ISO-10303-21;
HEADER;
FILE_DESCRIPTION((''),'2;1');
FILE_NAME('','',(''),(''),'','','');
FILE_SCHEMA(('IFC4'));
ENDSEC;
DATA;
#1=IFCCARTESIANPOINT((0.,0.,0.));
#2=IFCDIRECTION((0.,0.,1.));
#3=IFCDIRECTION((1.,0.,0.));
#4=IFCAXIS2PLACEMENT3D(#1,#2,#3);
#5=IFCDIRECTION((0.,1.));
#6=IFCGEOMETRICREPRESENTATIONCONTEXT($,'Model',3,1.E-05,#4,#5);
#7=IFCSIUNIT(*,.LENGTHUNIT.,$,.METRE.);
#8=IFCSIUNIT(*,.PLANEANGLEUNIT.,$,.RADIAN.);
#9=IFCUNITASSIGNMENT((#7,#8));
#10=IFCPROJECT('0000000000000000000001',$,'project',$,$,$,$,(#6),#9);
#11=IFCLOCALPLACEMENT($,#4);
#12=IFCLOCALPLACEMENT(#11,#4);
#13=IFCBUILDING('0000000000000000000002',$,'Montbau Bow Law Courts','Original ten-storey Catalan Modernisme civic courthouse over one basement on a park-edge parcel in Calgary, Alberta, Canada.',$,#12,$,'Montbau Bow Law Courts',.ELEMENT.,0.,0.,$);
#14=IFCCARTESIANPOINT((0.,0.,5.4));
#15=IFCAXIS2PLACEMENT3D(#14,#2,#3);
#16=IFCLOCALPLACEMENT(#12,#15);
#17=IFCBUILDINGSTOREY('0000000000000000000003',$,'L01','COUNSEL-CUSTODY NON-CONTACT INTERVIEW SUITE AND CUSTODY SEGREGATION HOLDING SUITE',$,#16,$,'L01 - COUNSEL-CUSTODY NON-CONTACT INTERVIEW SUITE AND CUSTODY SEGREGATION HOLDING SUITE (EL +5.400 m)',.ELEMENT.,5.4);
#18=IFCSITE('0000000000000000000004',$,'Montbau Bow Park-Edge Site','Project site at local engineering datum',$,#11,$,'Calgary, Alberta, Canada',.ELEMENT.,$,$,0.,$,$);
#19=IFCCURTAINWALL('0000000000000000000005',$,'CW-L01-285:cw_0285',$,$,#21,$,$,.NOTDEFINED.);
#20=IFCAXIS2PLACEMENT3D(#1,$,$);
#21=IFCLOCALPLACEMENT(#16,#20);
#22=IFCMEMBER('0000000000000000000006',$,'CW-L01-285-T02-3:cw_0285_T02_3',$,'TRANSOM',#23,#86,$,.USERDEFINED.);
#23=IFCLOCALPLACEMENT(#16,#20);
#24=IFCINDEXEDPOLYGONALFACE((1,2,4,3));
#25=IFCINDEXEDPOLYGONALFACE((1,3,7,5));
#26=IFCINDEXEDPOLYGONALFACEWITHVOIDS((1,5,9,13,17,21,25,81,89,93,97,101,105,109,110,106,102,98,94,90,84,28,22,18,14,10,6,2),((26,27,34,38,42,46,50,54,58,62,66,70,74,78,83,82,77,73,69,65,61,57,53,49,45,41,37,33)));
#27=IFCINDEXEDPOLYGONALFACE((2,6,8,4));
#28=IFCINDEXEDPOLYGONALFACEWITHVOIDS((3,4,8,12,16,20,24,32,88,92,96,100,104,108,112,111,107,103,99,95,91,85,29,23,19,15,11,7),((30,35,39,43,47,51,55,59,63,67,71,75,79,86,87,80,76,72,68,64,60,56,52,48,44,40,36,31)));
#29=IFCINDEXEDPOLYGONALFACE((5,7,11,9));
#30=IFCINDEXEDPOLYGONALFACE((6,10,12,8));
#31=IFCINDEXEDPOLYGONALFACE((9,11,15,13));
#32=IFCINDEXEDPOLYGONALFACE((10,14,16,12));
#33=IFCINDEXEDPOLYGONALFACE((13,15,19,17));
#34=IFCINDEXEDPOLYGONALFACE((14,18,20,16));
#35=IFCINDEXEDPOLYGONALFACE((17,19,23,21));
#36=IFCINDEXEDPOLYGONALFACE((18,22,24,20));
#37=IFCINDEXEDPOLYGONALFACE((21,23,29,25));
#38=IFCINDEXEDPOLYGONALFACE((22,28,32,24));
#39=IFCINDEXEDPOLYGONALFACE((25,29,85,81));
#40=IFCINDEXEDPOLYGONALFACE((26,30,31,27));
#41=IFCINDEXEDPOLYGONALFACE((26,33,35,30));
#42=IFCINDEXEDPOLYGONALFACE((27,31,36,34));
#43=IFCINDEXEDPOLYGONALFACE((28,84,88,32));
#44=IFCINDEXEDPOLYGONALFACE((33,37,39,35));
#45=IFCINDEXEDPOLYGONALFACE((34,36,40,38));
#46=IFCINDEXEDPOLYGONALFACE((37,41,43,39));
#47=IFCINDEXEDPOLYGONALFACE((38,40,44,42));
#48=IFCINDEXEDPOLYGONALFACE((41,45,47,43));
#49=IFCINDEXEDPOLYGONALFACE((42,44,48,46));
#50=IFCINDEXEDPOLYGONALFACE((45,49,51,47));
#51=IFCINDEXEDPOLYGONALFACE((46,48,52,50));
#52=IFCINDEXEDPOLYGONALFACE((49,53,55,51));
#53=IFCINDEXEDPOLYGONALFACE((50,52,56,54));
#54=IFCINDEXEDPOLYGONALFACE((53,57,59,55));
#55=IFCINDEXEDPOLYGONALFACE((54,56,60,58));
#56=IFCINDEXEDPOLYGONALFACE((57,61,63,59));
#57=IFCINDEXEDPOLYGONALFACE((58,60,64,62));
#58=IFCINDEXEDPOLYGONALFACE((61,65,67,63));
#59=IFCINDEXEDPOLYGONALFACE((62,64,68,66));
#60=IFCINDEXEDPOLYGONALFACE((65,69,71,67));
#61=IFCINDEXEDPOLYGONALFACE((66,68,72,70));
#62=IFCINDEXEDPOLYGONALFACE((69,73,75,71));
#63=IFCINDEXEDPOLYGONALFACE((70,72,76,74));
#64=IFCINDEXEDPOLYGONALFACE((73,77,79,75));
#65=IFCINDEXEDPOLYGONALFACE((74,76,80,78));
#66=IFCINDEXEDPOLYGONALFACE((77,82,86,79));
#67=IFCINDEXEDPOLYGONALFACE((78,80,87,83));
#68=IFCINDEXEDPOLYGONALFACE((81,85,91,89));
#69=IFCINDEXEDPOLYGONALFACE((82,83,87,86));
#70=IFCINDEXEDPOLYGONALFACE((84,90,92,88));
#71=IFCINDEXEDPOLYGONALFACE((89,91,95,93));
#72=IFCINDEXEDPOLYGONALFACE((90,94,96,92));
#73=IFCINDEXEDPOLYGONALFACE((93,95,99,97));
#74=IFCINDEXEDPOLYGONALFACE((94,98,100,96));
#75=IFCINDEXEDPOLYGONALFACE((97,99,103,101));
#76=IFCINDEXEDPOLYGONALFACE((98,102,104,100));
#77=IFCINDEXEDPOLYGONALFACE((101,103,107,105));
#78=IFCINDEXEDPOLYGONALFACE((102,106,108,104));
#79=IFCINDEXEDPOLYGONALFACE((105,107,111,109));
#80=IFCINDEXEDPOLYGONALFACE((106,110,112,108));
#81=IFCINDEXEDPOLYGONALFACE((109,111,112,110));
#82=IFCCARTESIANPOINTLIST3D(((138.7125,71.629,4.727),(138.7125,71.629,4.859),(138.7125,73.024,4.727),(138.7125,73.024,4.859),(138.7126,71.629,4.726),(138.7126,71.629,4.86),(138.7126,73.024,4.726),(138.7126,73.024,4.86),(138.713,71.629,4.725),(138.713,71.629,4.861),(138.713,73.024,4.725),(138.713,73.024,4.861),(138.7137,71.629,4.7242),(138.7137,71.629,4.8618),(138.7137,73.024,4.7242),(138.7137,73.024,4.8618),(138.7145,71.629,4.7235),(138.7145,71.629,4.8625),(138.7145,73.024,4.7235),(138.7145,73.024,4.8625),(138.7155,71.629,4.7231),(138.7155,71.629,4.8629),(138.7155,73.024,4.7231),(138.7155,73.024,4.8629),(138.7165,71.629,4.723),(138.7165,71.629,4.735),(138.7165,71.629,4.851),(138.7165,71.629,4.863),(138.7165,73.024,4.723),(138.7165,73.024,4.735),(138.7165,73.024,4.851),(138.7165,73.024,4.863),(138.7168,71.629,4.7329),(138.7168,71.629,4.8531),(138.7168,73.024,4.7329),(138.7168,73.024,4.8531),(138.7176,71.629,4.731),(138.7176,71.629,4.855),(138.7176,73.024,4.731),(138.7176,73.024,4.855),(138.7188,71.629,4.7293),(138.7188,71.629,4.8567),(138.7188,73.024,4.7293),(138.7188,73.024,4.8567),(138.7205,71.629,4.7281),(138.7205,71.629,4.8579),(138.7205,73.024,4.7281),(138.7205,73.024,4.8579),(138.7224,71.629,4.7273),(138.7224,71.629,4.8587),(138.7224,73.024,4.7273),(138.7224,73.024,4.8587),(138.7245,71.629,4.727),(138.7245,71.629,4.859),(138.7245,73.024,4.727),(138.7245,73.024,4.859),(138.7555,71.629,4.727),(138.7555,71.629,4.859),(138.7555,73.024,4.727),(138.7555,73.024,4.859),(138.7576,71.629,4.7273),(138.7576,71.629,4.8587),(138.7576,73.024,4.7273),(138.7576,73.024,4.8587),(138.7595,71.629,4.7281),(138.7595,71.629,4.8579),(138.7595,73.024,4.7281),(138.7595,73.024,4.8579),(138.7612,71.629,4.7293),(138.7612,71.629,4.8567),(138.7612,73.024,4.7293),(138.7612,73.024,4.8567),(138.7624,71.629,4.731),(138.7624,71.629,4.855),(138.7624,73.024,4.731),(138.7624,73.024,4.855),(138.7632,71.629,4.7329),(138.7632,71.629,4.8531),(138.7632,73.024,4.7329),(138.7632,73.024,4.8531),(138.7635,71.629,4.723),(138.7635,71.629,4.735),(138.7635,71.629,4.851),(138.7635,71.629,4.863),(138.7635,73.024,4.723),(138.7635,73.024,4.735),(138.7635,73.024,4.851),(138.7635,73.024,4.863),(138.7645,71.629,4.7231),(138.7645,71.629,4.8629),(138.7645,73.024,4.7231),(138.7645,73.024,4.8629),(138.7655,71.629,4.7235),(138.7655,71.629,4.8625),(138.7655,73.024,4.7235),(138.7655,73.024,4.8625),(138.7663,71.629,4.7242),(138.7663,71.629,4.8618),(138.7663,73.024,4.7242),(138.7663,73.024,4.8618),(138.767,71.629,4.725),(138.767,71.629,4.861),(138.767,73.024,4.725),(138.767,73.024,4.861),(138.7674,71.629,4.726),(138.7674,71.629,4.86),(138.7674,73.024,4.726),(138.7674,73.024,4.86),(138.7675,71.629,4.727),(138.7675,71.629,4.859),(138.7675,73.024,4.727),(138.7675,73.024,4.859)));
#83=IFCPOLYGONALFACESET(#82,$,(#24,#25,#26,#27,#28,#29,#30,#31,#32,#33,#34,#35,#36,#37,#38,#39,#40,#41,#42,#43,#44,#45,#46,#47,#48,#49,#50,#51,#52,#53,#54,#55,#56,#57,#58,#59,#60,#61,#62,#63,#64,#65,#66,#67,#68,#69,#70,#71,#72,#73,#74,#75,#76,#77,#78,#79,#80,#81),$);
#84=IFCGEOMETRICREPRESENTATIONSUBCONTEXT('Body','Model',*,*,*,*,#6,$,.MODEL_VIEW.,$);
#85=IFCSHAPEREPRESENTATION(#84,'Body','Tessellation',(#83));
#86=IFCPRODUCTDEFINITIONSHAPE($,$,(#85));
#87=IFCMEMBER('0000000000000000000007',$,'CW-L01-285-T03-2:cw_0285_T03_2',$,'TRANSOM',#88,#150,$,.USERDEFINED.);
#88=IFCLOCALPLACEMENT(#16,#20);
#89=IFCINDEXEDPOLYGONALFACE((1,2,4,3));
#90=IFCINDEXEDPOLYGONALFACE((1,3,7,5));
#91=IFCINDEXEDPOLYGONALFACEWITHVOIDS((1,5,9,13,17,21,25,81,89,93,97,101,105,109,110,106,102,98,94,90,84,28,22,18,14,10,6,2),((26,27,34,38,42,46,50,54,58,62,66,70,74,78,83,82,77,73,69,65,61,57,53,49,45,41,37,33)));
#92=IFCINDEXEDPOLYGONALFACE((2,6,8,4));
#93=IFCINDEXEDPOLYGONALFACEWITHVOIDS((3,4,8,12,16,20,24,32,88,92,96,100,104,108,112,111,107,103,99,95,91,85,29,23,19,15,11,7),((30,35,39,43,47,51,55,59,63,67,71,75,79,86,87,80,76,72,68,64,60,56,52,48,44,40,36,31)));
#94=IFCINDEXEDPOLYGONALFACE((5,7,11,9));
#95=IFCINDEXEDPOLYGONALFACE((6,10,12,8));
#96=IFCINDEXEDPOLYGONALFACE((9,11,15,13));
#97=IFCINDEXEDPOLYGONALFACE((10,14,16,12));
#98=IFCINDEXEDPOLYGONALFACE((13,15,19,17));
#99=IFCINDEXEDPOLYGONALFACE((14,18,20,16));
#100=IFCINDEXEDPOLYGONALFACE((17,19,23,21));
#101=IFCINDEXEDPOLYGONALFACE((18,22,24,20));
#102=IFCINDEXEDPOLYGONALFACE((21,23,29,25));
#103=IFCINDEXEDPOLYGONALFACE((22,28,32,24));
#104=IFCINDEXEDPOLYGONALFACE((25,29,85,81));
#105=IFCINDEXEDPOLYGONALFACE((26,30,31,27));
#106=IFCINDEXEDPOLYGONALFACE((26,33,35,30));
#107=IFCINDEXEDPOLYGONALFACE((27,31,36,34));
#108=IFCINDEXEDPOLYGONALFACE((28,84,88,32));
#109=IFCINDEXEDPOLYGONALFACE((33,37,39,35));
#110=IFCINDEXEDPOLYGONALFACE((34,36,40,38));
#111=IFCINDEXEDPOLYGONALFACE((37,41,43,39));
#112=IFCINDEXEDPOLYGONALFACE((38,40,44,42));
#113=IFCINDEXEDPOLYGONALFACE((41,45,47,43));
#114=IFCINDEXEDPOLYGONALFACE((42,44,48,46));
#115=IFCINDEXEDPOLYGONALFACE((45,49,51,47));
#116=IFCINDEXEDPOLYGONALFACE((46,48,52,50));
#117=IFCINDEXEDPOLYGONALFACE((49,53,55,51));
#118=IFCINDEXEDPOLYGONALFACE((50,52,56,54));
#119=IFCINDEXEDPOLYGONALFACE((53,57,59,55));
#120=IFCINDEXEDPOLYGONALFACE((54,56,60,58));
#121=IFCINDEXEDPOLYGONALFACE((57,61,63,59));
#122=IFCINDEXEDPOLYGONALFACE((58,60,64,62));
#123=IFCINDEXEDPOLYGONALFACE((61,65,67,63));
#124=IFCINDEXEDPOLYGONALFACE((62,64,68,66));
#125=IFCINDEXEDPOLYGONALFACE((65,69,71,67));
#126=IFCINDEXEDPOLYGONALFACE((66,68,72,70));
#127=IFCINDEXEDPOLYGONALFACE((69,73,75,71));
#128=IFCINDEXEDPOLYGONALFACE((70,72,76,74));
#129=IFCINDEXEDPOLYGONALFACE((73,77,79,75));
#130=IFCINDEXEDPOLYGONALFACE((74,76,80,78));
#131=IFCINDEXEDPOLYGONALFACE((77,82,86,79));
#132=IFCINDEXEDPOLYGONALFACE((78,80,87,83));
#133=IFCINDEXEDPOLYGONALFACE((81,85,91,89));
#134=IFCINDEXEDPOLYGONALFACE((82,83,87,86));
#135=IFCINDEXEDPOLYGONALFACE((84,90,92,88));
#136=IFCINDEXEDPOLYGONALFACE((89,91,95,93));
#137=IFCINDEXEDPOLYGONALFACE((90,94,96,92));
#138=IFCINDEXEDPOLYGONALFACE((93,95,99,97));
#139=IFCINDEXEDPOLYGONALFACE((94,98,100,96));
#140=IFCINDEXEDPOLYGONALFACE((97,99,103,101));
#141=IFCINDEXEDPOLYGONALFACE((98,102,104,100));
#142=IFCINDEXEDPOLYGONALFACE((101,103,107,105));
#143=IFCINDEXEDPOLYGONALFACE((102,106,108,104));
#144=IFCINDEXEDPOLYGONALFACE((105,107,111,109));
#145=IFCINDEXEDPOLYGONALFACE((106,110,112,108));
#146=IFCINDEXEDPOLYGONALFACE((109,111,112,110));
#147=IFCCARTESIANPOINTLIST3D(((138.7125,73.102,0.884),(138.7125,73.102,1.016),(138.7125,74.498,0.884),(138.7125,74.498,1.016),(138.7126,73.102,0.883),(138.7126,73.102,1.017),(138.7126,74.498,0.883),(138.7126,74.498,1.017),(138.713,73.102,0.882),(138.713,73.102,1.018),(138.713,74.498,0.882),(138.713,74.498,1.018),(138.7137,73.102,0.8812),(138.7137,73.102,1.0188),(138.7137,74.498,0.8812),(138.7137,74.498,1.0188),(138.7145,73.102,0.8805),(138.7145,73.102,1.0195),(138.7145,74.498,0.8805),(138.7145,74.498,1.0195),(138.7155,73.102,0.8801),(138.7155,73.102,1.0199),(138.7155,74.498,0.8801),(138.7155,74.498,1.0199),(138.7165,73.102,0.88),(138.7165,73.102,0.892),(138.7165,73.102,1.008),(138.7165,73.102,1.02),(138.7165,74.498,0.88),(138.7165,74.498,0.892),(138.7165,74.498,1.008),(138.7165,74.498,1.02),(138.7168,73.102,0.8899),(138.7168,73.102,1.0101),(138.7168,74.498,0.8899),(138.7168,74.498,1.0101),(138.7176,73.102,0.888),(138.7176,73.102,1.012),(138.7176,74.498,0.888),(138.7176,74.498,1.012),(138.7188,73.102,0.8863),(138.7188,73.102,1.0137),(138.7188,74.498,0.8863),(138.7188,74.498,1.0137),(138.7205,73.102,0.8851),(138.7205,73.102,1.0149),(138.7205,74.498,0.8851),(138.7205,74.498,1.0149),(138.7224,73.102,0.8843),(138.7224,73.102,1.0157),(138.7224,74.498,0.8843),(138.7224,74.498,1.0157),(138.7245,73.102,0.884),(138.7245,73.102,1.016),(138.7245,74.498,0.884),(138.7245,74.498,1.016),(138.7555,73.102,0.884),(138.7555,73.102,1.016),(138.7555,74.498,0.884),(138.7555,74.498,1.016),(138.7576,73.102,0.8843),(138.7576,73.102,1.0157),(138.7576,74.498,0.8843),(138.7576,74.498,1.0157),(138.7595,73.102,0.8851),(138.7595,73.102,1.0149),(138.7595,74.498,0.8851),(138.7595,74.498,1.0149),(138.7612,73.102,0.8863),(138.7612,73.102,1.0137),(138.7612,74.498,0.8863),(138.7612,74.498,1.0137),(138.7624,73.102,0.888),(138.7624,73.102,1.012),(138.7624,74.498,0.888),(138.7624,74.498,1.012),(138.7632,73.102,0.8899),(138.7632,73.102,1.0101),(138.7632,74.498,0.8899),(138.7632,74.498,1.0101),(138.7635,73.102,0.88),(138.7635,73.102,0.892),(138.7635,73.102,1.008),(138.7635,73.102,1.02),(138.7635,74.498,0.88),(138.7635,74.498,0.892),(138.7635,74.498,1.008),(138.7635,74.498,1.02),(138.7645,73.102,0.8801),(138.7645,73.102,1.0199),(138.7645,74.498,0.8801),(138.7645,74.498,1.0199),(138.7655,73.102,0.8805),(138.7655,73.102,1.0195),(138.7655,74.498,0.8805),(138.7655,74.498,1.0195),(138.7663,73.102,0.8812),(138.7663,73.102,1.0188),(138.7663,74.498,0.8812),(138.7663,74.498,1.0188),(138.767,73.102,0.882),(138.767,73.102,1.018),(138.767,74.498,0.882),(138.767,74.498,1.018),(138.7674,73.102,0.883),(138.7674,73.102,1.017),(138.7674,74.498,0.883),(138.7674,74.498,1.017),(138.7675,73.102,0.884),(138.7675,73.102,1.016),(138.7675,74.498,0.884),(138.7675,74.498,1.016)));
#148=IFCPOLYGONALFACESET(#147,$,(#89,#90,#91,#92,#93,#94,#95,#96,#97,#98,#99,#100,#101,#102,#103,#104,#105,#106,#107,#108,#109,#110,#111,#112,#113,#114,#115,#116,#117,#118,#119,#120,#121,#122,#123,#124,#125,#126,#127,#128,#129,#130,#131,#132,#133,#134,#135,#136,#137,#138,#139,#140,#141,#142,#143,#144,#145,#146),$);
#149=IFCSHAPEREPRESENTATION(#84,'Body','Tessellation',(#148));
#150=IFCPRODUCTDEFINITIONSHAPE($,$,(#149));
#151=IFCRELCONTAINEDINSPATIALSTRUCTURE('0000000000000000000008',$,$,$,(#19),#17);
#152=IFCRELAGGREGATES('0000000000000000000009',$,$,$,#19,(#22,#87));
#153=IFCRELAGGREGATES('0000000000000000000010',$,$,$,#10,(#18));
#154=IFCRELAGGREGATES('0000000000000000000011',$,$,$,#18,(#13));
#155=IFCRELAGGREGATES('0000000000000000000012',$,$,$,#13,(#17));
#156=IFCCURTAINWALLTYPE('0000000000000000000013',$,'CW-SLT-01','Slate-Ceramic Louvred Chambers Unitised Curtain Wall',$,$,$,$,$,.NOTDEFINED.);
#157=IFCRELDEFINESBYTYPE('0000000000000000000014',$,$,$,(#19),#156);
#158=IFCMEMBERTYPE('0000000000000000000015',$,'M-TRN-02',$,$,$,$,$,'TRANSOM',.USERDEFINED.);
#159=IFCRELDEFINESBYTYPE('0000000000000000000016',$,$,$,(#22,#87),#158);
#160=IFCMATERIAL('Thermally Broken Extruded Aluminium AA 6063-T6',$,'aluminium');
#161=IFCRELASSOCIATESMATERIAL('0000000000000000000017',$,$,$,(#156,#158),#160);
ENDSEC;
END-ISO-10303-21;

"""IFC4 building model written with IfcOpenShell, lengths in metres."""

from ifc_helpers import new_model, si_unit, direction, frame, origin_with_axes, origin_2d_with_axis, place, context, subcontext, project, spatial, hollow_rectangle, extrude, material, material_profile, profile_set, type_object, element, aggregate, save


model = new_model("IFC4")

# Units and contexts
model_context = context("Model", 3, precision=1e-05, world=origin_with_axes(), true_north=direction((0.0, 1.0)))
body_context = subcontext(model_context, "Body", "Model", "MODEL_VIEW")
ifc_project = project(units=[si_unit("LENGTHUNIT", "METRE"), si_unit("PLANEANGLEUNIT", "RADIAN")], contexts=[model_context])

# Site, building, storey
site_placement = place(None, origin_with_axes())
site = spatial("IfcSite", under=ifc_project, at=site_placement, Name="Montbau Bow Park-Edge Site", Description="Project site at local engineering datum", LongName="Calgary, Alberta, Canada", CompositionType="ELEMENT", RefElevation=0.0)
building_placement = place(site_placement, origin_with_axes())
building = spatial("IfcBuilding", under=site, at=building_placement, Name="Montbau Bow Law Courts", Description="Original ten-storey Catalan Modernisme civic courthouse over one basement on a park-edge parcel in Calgary, Alberta, Canada.", LongName="Montbau Bow Law Courts", CompositionType="ELEMENT", ElevationOfRefHeight=0.0, ElevationOfTerrain=0.0)
storey_placement = place(building_placement, frame((0.0, 0.0, 5.4), z_axis=(0.0, 0.0, 1.0), x_axis=(1.0, 0.0, 0.0)))
storey = spatial("IfcBuildingStorey", under=building, at=storey_placement, Name="L01", Description="COUNSEL-CUSTODY NON-CONTACT INTERVIEW SUITE AND CUSTODY SEGREGATION HOLDING SUITE", LongName="L01 - COUNSEL-CUSTODY NON-CONTACT INTERVIEW SUITE AND CUSTODY SEGREGATION HOLDING SUITE (EL +5.400 m)", CompositionType="ELEMENT", Elevation=5.4)

# Curtain wall, members
ifc_material_1 = material(Name="Thermally Broken Extruded Aluminium AA 6063-T6", Category="aluminium")
curtain_wall_type = type_object("IfcCurtainWallType", Name="CW-SLT-01", Description="Slate-Ceramic Louvred Chambers Unitised Curtain Wall", PredefinedType="NOTDEFINED", material=ifc_material_1)
ifc_material_profile = material_profile(ifc_material_1, hollow_rectangle(XDim=0.055, YDim=0.14, WallThickness=0.004, InnerFilletRadius=0.008, OuterFilletRadius=0.004, at=origin_2d_with_axis()), Name="CWT-140X55", Category="Main", Priority=0)
ifc_profile_set = profile_set([ifc_material_profile], Name="Thermally Broken Extruded Aluminium AA 6063-T6")
member_type = type_object("IfcMemberType", Name="M-TRN-02", ElementType="TRANSOM", PredefinedType="USERDEFINED", material=ifc_profile_set)
curtain_wall_1_placement = place(None, frame((138.74, 70.115, 5.4), z_axis=(0.0, 0.0, 1.0), x_axis=(1.0, 0.0, 0.0)))
curtain_wall_1 = element("IfcCurtainWall", 1, at=curtain_wall_1_placement, inside=storey, type_object=curtain_wall_type, Name="CW-L01-285:cw_0285", PredefinedType="NOTDEFINED")
member_1_placement = place(None, frame((138.74, 71.629, 10.193), z_axis=(0.0, 1.0, 0.0), x_axis=(-1.0, 0.0, 0.0)))
member_1 = element("IfcMember", 2, at=member_1_placement, type_object=member_type, Name="CW-L01-285-T02-3:cw_0285_T02_3", ObjectType="TRANSOM", PredefinedType="USERDEFINED", context=body_context, shape_type="SweptSolid", body=[
    extrude(hollow_rectangle(XDim=0.055, YDim=0.14, WallThickness=0.004, InnerFilletRadius=0.008, OuterFilletRadius=0.004, at=origin_2d_with_axis()), origin_with_axes(), (0.0, 0.0, 1.0), 1.395),
])
member_2_placement = place(None, frame((138.74, 73.102, 6.35), z_axis=(0.0, 1.0, 0.0), x_axis=(-1.0, 0.0, 0.0)))
member_2 = element("IfcMember", 3, at=member_2_placement, type_object=member_type, Name="CW-L01-285-T03-2:cw_0285_T03_2", ObjectType="TRANSOM", PredefinedType="USERDEFINED", context=body_context, shape_type="SweptSolid", body=[
    extrude(hollow_rectangle(XDim=0.055, YDim=0.14, WallThickness=0.004, InnerFilletRadius=0.008, OuterFilletRadius=0.004, at=origin_2d_with_axis()), origin_with_axes(), (0.0, 0.0, 1.0), 1.396),
])

aggregate(curtain_wall_1, [member_1, member_2])

save(model, "model.ifc")
